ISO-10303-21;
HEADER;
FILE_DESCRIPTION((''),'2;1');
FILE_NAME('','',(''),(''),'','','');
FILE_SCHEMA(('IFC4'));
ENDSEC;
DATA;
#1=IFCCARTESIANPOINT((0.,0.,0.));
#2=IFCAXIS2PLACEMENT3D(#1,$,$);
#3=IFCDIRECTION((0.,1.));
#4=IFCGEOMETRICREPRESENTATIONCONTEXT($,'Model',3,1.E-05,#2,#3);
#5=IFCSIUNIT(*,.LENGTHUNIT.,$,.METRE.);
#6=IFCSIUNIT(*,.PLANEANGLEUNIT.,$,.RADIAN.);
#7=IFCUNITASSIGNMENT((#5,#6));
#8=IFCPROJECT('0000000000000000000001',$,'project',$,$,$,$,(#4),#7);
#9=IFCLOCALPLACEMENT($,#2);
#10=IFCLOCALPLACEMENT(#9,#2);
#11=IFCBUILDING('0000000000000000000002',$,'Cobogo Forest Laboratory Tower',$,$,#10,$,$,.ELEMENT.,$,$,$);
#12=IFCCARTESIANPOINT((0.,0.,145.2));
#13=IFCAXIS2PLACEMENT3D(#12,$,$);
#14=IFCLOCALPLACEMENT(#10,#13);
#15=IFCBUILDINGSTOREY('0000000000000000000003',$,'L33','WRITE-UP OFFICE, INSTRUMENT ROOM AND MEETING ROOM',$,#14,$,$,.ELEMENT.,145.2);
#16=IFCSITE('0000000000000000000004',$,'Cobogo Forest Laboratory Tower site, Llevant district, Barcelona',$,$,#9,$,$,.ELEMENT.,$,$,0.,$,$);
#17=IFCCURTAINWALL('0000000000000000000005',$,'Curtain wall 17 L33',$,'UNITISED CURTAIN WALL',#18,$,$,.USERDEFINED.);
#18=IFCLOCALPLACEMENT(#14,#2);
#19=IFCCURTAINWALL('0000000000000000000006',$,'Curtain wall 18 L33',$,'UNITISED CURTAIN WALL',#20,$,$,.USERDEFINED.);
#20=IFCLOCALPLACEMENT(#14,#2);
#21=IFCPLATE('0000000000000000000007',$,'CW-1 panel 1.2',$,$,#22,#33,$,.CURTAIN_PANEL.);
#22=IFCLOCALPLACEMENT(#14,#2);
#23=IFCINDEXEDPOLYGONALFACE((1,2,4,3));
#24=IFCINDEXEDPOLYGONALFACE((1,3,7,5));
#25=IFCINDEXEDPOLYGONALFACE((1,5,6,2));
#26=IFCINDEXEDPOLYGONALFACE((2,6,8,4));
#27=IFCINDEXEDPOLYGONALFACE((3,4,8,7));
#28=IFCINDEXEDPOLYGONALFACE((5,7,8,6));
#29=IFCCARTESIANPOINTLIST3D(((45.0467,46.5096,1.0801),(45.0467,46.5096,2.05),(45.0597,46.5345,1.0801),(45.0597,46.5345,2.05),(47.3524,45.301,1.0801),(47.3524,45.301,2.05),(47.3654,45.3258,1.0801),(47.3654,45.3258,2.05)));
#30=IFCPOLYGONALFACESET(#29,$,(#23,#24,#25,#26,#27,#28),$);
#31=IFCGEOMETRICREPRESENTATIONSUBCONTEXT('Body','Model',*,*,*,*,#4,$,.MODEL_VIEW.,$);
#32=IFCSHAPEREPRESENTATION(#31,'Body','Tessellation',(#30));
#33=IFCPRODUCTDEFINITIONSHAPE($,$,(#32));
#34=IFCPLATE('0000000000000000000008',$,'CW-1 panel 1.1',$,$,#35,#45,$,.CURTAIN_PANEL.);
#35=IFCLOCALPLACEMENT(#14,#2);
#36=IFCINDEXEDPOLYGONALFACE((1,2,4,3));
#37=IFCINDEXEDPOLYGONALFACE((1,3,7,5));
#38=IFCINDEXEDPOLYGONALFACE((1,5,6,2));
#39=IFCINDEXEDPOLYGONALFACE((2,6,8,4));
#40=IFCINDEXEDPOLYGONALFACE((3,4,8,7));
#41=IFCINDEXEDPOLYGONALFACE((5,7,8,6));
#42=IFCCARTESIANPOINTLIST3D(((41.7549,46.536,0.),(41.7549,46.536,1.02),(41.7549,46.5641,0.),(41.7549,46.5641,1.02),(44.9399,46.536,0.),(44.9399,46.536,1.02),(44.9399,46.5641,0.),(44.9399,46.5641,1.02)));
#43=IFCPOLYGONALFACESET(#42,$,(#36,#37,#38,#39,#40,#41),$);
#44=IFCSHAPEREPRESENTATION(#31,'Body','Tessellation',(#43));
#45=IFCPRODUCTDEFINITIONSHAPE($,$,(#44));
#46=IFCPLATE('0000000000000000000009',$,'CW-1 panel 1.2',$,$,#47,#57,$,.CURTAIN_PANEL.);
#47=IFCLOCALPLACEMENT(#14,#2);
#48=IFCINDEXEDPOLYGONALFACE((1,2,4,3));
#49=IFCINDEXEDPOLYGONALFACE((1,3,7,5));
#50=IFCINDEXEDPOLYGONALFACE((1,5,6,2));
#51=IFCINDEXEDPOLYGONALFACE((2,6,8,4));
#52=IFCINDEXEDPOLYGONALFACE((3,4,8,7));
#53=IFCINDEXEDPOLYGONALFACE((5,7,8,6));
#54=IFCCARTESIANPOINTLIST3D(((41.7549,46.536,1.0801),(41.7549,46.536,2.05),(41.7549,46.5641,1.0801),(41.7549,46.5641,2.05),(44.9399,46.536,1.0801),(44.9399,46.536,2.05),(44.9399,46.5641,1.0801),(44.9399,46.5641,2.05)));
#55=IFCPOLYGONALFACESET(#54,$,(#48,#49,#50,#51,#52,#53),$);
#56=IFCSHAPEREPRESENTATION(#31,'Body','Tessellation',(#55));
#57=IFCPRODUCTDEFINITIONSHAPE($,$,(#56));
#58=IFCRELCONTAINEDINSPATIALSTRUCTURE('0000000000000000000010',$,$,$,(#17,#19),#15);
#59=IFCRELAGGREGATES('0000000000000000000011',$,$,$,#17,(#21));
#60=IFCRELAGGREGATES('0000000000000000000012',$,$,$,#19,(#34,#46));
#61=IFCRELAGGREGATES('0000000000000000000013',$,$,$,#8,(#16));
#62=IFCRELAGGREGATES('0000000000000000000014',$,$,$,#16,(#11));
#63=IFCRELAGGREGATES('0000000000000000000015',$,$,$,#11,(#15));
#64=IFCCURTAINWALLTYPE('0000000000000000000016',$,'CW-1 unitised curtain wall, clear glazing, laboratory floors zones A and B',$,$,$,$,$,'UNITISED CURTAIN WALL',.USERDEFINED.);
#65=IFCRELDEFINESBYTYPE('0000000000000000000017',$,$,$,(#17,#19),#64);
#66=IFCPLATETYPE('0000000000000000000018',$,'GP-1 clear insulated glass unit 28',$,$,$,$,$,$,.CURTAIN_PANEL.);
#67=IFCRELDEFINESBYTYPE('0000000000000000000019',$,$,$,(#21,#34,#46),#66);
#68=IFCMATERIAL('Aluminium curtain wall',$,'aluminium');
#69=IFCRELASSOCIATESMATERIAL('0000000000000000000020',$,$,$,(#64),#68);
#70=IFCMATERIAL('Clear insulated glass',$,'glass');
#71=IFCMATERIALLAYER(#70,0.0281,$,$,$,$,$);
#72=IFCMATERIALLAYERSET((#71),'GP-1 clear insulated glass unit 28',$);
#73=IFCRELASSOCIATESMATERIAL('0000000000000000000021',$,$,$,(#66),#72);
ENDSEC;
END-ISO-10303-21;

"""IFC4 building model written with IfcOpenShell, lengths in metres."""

from ifc_helpers import new_model, si_unit, direction, frame, origin, origin_2d, place, context, subcontext, project, spatial, rectangle, extrude, material, layer, layer_set, type_object, element, aggregate, save


model = new_model("IFC4")

# Units and contexts
model_context = context("Model", 3, precision=1e-05, world=origin(), true_north=direction((0.0, 1.0)))
body_context = subcontext(model_context, "Body", "Model", "MODEL_VIEW")
ifc_project = project(units=[si_unit("LENGTHUNIT", "METRE"), si_unit("PLANEANGLEUNIT", "RADIAN")], contexts=[model_context])

# Site, building, storey
site_placement = place(None, origin())
site = spatial("IfcSite", under=ifc_project, at=site_placement, Name="Cobogo Forest Laboratory Tower site, Llevant district, Barcelona", CompositionType="ELEMENT", RefElevation=0.0)
building_placement = place(site_placement, origin())
building = spatial("IfcBuilding", under=site, at=building_placement, Name="Cobogo Forest Laboratory Tower", CompositionType="ELEMENT")
storey_placement = place(building_placement, frame((0.0, 0.0, 145.2)))
storey = spatial("IfcBuildingStorey", under=building, at=storey_placement, Name="L33", Description="WRITE-UP OFFICE, INSTRUMENT ROOM AND MEETING ROOM", CompositionType="ELEMENT", Elevation=145.2)

# Curtain wall
ifc_material_1 = material(Name="Aluminium curtain wall", Category="aluminium")
curtain_wall_type = type_object("IfcCurtainWallType", Name="CW-1 unitised curtain wall, clear glazing, laboratory floors zones A and B", ElementType="UNITISED CURTAIN WALL", PredefinedType="USERDEFINED", material=ifc_material_1)
curtain_wall_1_placement = place(storey_placement, origin())
curtain_wall_1 = element("IfcCurtainWall", 1, at=curtain_wall_1_placement, inside=storey, type_object=curtain_wall_type, Name="Curtain wall 17 L33", ObjectType="UNITISED CURTAIN WALL", PredefinedType="USERDEFINED")

# Curtain wall
curtain_wall_2_placement = place(storey_placement, origin())
curtain_wall_2 = element("IfcCurtainWall", 2, at=curtain_wall_2_placement, inside=storey, type_object=curtain_wall_type, Name="Curtain wall 18 L33", ObjectType="UNITISED CURTAIN WALL", PredefinedType="USERDEFINED")

# Plates
ifc_material_2 = material(Name="Clear insulated glass", Category="glass")
ifc_layer = layer(ifc_material_2, 0.0281)
ifc_layer_set = layer_set([ifc_layer], Name="GP-1 clear insulated glass unit 28")
plate_type = type_object("IfcPlateType", Name="GP-1 clear insulated glass unit 28", PredefinedType="CURTAIN_PANEL", material=ifc_layer_set)
plate_1_placement = place(storey_placement, frame((46.2061, 45.9177, 1.0801), z_axis=(0.0, 0.0, 1.0), x_axis=(-0.885687, 0.464284, 0.0)))
plate_1 = element("IfcPlate", 3, at=plate_1_placement, type_object=plate_type, Name="CW-1 panel 1.2", PredefinedType="CURTAIN_PANEL", context=body_context, shape_type="SweptSolid", body=[
    extrude(rectangle(XDim=2.6033, YDim=0.0281, at=origin_2d()), origin(), (0.0, 0.0, 1.0), 0.97),
])
aggregate(curtain_wall_1, [plate_1])
plate_2_placement = place(storey_placement, frame((43.3474, 46.55, 0.0), z_axis=(0.0, 0.0, 1.0), x_axis=(-1.0, 0.0, 0.0)))
plate_2 = element("IfcPlate", 4, at=plate_2_placement, type_object=plate_type, Name="CW-1 panel 1.1", PredefinedType="CURTAIN_PANEL", context=body_context, shape_type="SweptSolid", body=[
    extrude(rectangle(XDim=3.1851, YDim=0.0281, at=origin_2d()), origin(), (0.0, 0.0, 1.0), 1.02),
])
plate_3_placement = place(storey_placement, frame((43.3474, 46.55, 1.0801), z_axis=(0.0, 0.0, 1.0), x_axis=(-1.0, 0.0, 0.0)))
plate_3 = element("IfcPlate", 5, at=plate_3_placement, type_object=plate_type, Name="CW-1 panel 1.2", PredefinedType="CURTAIN_PANEL", context=body_context, shape_type="SweptSolid", body=[
    extrude(rectangle(XDim=3.1851, YDim=0.0281, at=origin_2d()), origin(), (0.0, 0.0, 1.0), 0.97),
])
aggregate(curtain_wall_2, [plate_2, plate_3])

save(model, "model.ifc")
